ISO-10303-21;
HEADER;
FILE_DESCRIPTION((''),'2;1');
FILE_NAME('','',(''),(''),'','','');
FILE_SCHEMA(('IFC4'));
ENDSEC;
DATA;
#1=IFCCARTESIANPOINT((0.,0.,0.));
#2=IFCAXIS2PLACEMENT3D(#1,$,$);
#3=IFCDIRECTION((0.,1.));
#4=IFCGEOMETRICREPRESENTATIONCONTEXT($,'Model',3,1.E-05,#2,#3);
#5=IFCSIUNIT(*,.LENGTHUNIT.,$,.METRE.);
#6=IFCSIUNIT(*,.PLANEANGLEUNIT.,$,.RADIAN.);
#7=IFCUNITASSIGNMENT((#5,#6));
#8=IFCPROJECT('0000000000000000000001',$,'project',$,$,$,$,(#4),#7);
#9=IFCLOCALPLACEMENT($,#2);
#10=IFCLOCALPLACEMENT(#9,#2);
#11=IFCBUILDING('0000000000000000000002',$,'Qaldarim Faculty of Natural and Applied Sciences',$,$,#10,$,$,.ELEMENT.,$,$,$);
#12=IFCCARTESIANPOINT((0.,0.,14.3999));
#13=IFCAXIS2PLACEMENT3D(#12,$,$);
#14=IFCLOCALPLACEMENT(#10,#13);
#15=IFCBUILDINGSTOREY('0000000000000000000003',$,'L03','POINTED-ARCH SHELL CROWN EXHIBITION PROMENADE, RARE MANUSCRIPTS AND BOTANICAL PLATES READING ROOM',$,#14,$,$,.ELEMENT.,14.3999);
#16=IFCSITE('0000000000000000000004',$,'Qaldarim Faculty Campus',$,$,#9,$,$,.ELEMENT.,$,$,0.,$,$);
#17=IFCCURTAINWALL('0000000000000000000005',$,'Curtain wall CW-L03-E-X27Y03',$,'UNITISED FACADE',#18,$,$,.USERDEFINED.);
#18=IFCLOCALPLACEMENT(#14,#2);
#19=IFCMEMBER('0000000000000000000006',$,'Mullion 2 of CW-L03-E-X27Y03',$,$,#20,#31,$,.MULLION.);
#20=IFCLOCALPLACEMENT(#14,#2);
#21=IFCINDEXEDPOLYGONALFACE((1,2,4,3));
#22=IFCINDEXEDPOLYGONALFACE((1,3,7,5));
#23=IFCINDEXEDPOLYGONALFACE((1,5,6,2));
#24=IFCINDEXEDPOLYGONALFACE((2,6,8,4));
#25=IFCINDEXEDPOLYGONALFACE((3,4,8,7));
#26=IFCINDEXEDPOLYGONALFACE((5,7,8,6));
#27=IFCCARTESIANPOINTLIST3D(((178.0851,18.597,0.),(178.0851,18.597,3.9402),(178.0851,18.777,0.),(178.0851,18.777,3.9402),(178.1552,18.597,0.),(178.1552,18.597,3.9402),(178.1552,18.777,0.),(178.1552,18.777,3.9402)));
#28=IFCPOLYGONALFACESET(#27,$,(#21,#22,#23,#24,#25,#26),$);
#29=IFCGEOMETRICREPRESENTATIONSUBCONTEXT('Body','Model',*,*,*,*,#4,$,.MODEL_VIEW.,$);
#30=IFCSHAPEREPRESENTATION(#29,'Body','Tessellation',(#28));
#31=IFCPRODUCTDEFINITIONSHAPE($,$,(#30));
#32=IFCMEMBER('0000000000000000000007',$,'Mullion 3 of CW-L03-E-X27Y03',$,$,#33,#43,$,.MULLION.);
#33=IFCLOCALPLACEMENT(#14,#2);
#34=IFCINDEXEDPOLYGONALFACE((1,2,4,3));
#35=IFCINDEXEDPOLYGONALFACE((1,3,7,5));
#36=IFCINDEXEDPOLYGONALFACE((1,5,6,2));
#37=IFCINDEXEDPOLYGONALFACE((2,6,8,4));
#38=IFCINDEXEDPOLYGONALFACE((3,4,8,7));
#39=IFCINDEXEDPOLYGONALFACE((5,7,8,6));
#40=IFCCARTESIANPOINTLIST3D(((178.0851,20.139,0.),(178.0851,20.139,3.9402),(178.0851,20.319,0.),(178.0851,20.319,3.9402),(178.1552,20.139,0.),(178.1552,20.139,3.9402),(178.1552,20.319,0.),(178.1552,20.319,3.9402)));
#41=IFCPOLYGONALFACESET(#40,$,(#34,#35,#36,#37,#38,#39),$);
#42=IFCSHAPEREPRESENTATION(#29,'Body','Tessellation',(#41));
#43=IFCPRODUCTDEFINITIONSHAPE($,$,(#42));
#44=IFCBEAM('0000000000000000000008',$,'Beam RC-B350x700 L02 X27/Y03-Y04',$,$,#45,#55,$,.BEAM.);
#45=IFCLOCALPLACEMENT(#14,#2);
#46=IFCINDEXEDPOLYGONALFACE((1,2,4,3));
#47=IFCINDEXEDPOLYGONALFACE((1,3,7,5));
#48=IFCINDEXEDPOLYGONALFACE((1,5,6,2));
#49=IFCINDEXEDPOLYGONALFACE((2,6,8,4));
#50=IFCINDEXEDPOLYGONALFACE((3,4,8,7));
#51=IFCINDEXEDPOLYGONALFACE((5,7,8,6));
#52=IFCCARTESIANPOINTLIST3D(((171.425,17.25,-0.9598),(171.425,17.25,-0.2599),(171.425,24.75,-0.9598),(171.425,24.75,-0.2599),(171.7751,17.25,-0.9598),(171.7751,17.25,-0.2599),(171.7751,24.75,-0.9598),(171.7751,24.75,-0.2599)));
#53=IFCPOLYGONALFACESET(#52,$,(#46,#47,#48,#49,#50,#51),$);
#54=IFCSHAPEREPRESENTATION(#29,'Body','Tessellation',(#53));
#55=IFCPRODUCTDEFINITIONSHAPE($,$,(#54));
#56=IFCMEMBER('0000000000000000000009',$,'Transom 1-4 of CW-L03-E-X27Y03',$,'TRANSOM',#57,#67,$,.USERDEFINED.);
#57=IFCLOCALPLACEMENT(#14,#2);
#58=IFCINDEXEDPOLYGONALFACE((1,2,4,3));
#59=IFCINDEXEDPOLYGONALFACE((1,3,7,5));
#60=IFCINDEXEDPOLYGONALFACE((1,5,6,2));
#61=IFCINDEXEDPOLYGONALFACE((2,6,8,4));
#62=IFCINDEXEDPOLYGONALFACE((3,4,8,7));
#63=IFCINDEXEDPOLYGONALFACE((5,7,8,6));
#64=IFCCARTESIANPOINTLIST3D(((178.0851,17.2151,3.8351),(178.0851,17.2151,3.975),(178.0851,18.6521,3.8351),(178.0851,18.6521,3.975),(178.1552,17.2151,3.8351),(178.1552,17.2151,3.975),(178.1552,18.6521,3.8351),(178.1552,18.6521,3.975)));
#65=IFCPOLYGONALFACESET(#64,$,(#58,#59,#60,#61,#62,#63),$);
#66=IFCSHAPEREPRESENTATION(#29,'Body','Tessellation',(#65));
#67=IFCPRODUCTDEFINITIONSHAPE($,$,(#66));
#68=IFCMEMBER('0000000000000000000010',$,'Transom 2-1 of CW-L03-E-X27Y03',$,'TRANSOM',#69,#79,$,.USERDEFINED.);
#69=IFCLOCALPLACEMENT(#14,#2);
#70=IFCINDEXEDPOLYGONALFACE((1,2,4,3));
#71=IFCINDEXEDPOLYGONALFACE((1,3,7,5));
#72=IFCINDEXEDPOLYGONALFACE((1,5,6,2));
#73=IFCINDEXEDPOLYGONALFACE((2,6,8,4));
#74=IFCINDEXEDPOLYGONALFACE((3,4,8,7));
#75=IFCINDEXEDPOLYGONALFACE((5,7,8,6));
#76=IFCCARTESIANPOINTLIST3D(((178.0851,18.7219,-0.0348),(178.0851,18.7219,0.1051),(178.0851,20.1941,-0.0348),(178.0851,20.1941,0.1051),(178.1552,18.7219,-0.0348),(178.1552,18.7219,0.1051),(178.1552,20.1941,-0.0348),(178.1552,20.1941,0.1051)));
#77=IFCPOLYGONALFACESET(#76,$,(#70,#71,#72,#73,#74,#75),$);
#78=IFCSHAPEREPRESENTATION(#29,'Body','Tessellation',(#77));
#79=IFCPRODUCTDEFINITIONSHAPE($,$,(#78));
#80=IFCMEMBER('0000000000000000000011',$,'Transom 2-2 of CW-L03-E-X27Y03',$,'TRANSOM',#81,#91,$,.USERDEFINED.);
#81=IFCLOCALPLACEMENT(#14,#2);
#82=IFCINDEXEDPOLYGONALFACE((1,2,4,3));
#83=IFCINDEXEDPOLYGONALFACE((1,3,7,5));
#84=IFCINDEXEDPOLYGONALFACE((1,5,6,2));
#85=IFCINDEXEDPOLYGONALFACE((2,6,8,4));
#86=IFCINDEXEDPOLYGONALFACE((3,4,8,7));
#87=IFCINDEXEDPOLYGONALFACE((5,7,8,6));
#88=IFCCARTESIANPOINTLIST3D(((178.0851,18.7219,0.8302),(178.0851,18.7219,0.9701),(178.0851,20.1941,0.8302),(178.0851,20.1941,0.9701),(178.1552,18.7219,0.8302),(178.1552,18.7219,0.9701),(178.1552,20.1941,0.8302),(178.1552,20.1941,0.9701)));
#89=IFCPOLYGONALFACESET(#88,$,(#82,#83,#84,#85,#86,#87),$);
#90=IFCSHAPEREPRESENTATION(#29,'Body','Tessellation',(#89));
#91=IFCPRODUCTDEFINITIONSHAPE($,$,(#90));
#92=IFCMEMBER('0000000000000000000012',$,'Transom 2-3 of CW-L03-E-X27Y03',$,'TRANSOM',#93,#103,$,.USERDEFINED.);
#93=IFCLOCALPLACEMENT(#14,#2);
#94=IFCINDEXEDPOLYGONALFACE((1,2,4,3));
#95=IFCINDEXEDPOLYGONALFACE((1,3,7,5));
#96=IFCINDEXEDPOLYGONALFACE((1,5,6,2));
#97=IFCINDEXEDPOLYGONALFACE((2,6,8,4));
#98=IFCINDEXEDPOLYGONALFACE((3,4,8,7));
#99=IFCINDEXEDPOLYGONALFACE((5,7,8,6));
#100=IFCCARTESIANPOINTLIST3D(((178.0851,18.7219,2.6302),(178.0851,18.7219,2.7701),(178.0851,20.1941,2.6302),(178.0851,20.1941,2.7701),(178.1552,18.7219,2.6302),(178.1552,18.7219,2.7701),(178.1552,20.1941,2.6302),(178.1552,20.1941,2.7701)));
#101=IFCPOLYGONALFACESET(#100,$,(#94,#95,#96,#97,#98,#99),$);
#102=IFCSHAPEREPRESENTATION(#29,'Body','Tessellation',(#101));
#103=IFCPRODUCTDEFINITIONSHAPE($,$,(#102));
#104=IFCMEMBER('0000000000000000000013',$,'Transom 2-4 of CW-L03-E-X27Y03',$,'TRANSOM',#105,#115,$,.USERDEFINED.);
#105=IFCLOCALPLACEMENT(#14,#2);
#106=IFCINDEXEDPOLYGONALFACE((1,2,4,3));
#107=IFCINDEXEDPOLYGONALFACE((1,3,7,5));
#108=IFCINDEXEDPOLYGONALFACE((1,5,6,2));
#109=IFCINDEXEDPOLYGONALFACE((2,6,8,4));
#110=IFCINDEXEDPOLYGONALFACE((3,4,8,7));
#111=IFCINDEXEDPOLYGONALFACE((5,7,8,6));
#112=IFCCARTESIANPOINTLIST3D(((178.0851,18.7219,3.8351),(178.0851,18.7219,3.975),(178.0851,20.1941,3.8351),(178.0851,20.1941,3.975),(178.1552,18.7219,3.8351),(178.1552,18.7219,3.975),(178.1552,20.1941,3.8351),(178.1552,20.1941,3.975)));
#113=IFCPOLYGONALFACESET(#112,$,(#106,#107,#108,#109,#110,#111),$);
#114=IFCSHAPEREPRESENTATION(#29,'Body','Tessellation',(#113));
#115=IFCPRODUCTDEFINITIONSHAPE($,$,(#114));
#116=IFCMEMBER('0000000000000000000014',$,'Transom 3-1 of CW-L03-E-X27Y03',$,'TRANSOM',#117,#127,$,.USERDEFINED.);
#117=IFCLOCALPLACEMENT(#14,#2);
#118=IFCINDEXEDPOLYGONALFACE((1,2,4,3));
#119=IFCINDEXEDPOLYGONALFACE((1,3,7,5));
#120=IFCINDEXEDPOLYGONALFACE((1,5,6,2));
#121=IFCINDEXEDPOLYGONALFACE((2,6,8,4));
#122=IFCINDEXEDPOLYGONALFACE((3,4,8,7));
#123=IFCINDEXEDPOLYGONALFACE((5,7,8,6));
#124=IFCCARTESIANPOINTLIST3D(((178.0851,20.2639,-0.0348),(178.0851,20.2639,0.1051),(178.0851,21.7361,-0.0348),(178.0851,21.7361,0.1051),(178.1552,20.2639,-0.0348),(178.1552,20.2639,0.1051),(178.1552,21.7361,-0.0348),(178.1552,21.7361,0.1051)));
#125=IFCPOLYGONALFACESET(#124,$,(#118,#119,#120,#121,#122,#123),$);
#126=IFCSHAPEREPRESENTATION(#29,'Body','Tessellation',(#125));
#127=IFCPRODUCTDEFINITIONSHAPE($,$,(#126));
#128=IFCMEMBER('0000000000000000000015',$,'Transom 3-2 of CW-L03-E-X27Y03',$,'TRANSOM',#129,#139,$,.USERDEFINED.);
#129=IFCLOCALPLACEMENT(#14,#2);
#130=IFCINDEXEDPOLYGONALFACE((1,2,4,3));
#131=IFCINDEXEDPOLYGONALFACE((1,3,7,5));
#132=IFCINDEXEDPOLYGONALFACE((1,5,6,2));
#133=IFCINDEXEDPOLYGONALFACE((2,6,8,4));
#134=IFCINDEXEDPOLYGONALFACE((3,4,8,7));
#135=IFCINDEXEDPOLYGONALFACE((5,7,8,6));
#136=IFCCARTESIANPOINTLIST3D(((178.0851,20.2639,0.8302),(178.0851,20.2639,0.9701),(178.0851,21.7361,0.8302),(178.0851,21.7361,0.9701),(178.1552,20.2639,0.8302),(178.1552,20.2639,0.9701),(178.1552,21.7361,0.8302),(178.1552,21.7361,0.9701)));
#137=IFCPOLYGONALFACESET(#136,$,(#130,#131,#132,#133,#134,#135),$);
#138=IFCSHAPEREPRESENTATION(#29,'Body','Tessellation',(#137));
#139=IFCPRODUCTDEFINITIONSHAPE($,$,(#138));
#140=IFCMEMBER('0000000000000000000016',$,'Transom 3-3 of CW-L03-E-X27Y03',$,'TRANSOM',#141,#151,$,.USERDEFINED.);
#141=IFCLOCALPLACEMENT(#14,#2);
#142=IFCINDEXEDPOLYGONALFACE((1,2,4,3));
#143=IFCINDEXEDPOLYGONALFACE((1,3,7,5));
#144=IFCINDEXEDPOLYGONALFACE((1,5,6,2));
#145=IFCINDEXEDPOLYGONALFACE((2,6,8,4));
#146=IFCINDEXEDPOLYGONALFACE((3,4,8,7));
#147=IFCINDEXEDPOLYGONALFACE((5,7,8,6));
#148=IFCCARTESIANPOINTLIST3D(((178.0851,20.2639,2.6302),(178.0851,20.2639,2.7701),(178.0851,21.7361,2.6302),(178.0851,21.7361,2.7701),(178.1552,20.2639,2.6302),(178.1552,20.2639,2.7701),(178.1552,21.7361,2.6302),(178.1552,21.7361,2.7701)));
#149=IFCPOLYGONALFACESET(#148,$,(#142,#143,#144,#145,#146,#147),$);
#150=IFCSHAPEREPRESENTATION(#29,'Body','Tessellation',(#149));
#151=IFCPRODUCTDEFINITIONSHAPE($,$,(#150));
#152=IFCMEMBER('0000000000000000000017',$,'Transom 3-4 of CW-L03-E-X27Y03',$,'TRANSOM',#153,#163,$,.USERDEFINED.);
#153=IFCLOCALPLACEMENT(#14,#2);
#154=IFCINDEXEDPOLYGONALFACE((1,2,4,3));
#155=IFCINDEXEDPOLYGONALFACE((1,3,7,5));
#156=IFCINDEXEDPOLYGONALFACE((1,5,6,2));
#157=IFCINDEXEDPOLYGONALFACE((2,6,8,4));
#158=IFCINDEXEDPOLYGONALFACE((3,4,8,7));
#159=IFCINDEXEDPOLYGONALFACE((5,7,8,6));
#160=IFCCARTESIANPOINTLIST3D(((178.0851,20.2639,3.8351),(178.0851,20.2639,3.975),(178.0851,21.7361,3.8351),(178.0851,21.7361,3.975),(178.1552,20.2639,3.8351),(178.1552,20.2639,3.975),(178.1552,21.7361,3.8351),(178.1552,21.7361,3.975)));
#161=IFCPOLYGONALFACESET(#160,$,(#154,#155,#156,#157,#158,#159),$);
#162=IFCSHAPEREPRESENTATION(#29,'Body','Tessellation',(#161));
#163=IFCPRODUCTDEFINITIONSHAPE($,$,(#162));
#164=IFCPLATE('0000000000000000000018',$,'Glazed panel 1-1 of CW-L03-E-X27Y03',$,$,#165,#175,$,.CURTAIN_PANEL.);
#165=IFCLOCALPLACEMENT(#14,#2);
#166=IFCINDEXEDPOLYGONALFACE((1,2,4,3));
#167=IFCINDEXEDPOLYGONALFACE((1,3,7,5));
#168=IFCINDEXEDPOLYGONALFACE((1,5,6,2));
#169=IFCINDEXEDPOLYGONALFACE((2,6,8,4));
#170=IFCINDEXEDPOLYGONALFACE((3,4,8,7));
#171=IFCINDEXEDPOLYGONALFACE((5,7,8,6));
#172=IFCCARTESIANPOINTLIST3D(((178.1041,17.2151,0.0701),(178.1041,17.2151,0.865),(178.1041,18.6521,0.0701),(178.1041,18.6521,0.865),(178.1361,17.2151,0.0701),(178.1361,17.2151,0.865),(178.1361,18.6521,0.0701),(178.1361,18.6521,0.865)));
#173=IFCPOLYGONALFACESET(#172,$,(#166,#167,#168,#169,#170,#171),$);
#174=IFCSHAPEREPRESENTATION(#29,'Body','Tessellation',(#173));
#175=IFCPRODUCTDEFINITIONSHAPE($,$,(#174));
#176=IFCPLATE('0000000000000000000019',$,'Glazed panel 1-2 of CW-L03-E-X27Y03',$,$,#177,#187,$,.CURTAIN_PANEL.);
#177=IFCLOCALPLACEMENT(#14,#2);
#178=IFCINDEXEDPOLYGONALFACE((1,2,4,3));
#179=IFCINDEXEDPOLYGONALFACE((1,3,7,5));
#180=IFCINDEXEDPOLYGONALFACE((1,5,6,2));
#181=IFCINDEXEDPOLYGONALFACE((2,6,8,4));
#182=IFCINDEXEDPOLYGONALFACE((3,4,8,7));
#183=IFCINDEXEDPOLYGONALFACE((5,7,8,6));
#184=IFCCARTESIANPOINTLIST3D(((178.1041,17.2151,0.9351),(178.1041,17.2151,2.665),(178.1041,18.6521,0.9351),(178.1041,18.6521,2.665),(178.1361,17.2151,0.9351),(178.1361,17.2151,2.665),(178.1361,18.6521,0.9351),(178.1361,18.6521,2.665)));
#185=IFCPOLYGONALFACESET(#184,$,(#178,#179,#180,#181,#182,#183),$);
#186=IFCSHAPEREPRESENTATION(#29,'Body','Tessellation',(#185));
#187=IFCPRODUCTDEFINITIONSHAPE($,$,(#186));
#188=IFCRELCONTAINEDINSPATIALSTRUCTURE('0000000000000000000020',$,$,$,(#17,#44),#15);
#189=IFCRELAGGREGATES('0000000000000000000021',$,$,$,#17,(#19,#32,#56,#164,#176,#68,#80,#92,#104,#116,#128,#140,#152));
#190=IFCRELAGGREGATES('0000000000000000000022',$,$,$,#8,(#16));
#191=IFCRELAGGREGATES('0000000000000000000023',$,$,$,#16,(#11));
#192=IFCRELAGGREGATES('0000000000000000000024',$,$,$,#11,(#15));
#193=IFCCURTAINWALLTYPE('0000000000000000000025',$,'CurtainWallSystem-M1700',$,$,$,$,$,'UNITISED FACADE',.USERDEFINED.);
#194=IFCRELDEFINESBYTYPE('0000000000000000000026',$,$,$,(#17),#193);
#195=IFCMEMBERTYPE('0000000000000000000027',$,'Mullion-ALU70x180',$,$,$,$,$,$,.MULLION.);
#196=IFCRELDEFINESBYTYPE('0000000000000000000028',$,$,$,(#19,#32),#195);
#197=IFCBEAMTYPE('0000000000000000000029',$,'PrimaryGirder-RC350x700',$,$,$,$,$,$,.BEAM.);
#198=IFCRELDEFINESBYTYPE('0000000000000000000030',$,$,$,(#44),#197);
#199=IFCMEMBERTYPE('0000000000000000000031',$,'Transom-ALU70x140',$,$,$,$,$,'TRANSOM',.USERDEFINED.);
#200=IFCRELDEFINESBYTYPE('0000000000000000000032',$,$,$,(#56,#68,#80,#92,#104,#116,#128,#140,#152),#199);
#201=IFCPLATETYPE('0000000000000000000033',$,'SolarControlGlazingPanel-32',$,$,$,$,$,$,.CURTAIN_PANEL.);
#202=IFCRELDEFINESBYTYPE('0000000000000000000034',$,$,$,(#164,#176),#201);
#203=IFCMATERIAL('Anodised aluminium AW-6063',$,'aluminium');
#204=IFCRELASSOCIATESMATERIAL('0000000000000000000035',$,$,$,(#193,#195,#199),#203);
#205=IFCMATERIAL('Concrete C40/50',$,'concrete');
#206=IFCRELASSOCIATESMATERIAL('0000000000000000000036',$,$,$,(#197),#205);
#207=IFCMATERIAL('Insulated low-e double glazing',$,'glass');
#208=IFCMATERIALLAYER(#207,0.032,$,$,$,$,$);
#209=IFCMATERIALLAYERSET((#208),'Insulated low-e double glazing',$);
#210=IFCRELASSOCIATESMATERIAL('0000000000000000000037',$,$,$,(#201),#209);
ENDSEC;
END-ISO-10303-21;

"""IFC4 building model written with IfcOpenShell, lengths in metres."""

from ifc_helpers import new_model, si_unit, direction, frame, origin, origin_2d, place, context, subcontext, project, spatial, rectangle, extrude, material, layer, layer_set, material_profile, profile_set, type_object, element, aggregate, save


model = new_model("IFC4")

# Units and contexts
model_context = context("Model", 3, precision=1e-05, world=origin(), true_north=direction((0.0, 1.0)))
body_context = subcontext(model_context, "Body", "Model", "MODEL_VIEW")
ifc_project = project(units=[si_unit("LENGTHUNIT", "METRE"), si_unit("PLANEANGLEUNIT", "RADIAN")], contexts=[model_context])

# Site, building, storey
site_placement = place(None, origin())
site = spatial("IfcSite", under=ifc_project, at=site_placement, Name="Qaldarim Faculty Campus", CompositionType="ELEMENT", RefElevation=0.0)
building_placement = place(site_placement, origin())
building = spatial("IfcBuilding", under=site, at=building_placement, Name="Qaldarim Faculty of Natural and Applied Sciences", CompositionType="ELEMENT")
storey_placement = place(building_placement, frame((0.0, 0.0, 14.3999)))
storey = spatial("IfcBuildingStorey", under=building, at=storey_placement, Name="L03", Description="POINTED-ARCH SHELL CROWN EXHIBITION PROMENADE, RARE MANUSCRIPTS AND BOTANICAL PLATES READING ROOM", CompositionType="ELEMENT", Elevation=14.3999)

# Curtain wall, members
ifc_material_1 = material(Name="Anodised aluminium AW-6063", Category="aluminium")
curtain_wall_type = type_object("IfcCurtainWallType", Name="CurtainWallSystem-M1700", ElementType="UNITISED FACADE", PredefinedType="USERDEFINED", material=ifc_material_1)
curtain_wall_placement = place(storey_placement, origin())
curtain_wall = element("IfcCurtainWall", 1, at=curtain_wall_placement, inside=storey, type_object=curtain_wall_type, Name="Curtain wall CW-L03-E-X27Y03", ObjectType="UNITISED FACADE", PredefinedType="USERDEFINED")
ifc_material_profile_1 = material_profile(ifc_material_1, rectangle(XDim=0.0701, YDim=0.1799, at=origin_2d()), Name="ALU-M70x180")
ifc_profile_set_1 = profile_set([ifc_material_profile_1], Name="Anodised aluminium AW-6063")
member_type_1 = type_object("IfcMemberType", Name="Mullion-ALU70x180", PredefinedType="MULLION", material=ifc_profile_set_1)
member_1_placement = place(storey_placement, frame((178.1201, 18.687, 0.0), z_axis=(0.0, 0.0, 1.0), x_axis=(-1.0, 0.0, 0.0)))
member_1 = element("IfcMember", 2, at=member_1_placement, type_object=member_type_1, Name="Mullion 2 of CW-L03-E-X27Y03", PredefinedType="MULLION", context=body_context, shape_type="SweptSolid", body=[
    extrude(rectangle(XDim=0.0701, YDim=0.1799, at=origin_2d()), origin(), (0.0, 0.0, 1.0), 3.9402),
])
member_2_placement = place(storey_placement, frame((178.1201, 20.229, 0.0), z_axis=(0.0, 0.0, 1.0), x_axis=(-1.0, 0.0, 0.0)))
member_2 = element("IfcMember", 3, at=member_2_placement, type_object=member_type_1, Name="Mullion 3 of CW-L03-E-X27Y03", PredefinedType="MULLION", context=body_context, shape_type="SweptSolid", body=[
    extrude(rectangle(XDim=0.0701, YDim=0.1799, at=origin_2d()), origin(), (0.0, 0.0, 1.0), 3.9402),
])

# Beam
ifc_material_2 = material(Name="Concrete C40/50", Category="concrete")
ifc_material_profile_2 = material_profile(ifc_material_2, rectangle(XDim=0.3501, YDim=0.7, at=origin_2d()), Name="RC-B350x700")
ifc_profile_set_2 = profile_set([ifc_material_profile_2], Name="Concrete C40/50")
beam_type = type_object("IfcBeamType", Name="PrimaryGirder-RC350x700", PredefinedType="BEAM", material=ifc_profile_set_2)
beam_placement = place(storey_placement, frame((171.6001, 17.25, -0.6099), z_axis=(0.0, 1.0, 0.0), x_axis=(-1.0, 0.0, 0.0)))
element("IfcBeam", 4, at=beam_placement, inside=storey, type_object=beam_type, Name="Beam RC-B350x700 L02 X27/Y03-Y04", PredefinedType="BEAM", context=body_context, shape_type="SweptSolid", body=[
    extrude(rectangle(XDim=0.3501, YDim=0.7, at=origin_2d()), origin(), (0.0, 0.0, 1.0), 7.5),
])

# Members
ifc_material_profile_3 = material_profile(ifc_material_1, rectangle(XDim=0.0701, YDim=0.1399, at=origin_2d()), Name="ALU-T70x140")
ifc_profile_set_3 = profile_set([ifc_material_profile_3], Name="Anodised aluminium AW-6063")
member_type_2 = type_object("IfcMemberType", Name="Transom-ALU70x140", ElementType="TRANSOM", PredefinedType="USERDEFINED", material=ifc_profile_set_3)
member_3_placement = place(storey_placement, frame((178.1201, 17.2151, 3.905), z_axis=(0.0, 1.0, 0.0), x_axis=(-1.0, 0.0, 0.0)))
member_3 = element("IfcMember", 5, at=member_3_placement, type_object=member_type_2, Name="Transom 1-4 of CW-L03-E-X27Y03", ObjectType="TRANSOM", PredefinedType="USERDEFINED", context=body_context, shape_type="SweptSolid", body=[
    extrude(rectangle(XDim=0.0701, YDim=0.1399, at=origin_2d()), origin(), (0.0, 0.0, 1.0), 1.437),
])
member_4_placement = place(storey_placement, frame((178.1201, 18.7219, 0.0352), z_axis=(0.0, 1.0, 0.0), x_axis=(-1.0, 0.0, 0.0)))
member_4 = element("IfcMember", 6, at=member_4_placement, type_object=member_type_2, Name="Transom 2-1 of CW-L03-E-X27Y03", ObjectType="TRANSOM", PredefinedType="USERDEFINED", context=body_context, shape_type="SweptSolid", body=[
    extrude(rectangle(XDim=0.0701, YDim=0.1399, at=origin_2d()), origin(), (0.0, 0.0, 1.0), 1.4722),
])
member_5_placement = place(storey_placement, frame((178.1201, 18.7219, 0.9001), z_axis=(0.0, 1.0, 0.0), x_axis=(-1.0, 0.0, 0.0)))
member_5 = element("IfcMember", 7, at=member_5_placement, type_object=member_type_2, Name="Transom 2-2 of CW-L03-E-X27Y03", ObjectType="TRANSOM", PredefinedType="USERDEFINED", context=body_context, shape_type="SweptSolid", body=[
    extrude(rectangle(XDim=0.0701, YDim=0.1399, at=origin_2d()), origin(), (0.0, 0.0, 1.0), 1.4722),
])
member_6_placement = place(storey_placement, frame((178.1201, 18.7219, 2.7002), z_axis=(0.0, 1.0, 0.0), x_axis=(-1.0, 0.0, 0.0)))
member_6 = element("IfcMember", 8, at=member_6_placement, type_object=member_type_2, Name="Transom 2-3 of CW-L03-E-X27Y03", ObjectType="TRANSOM", PredefinedType="USERDEFINED", context=body_context, shape_type="SweptSolid", body=[
    extrude(rectangle(XDim=0.0701, YDim=0.1399, at=origin_2d()), origin(), (0.0, 0.0, 1.0), 1.4722),
])
member_7_placement = place(storey_placement, frame((178.1201, 18.7219, 3.905), z_axis=(0.0, 1.0, 0.0), x_axis=(-1.0, 0.0, 0.0)))
member_7 = element("IfcMember", 9, at=member_7_placement, type_object=member_type_2, Name="Transom 2-4 of CW-L03-E-X27Y03", ObjectType="TRANSOM", PredefinedType="USERDEFINED", context=body_context, shape_type="SweptSolid", body=[
    extrude(rectangle(XDim=0.0701, YDim=0.1399, at=origin_2d()), origin(), (0.0, 0.0, 1.0), 1.4722),
])
member_8_placement = place(storey_placement, frame((178.1201, 20.2639, 0.0352), z_axis=(0.0, 1.0, 0.0), x_axis=(-1.0, 0.0, 0.0)))
member_8 = element("IfcMember", 10, at=member_8_placement, type_object=member_type_2, Name="Transom 3-1 of CW-L03-E-X27Y03", ObjectType="TRANSOM", PredefinedType="USERDEFINED", context=body_context, shape_type="SweptSolid", body=[
    extrude(rectangle(XDim=0.0701, YDim=0.1399, at=origin_2d()), origin(), (0.0, 0.0, 1.0), 1.4722),
])
member_9_placement = place(storey_placement, frame((178.1201, 20.2639, 0.9001), z_axis=(0.0, 1.0, 0.0), x_axis=(-1.0, 0.0, 0.0)))
member_9 = element("IfcMember", 11, at=member_9_placement, type_object=member_type_2, Name="Transom 3-2 of CW-L03-E-X27Y03", ObjectType="TRANSOM", PredefinedType="USERDEFINED", context=body_context, shape_type="SweptSolid", body=[
    extrude(rectangle(XDim=0.0701, YDim=0.1399, at=origin_2d()), origin(), (0.0, 0.0, 1.0), 1.4722),
])
member_10_placement = place(storey_placement, frame((178.1201, 20.2639, 2.7002), z_axis=(0.0, 1.0, 0.0), x_axis=(-1.0, 0.0, 0.0)))
member_10 = element("IfcMember", 12, at=member_10_placement, type_object=member_type_2, Name="Transom 3-3 of CW-L03-E-X27Y03", ObjectType="TRANSOM", PredefinedType="USERDEFINED", context=body_context, shape_type="SweptSolid", body=[
    extrude(rectangle(XDim=0.0701, YDim=0.1399, at=origin_2d()), origin(), (0.0, 0.0, 1.0), 1.4722),
])
member_11_placement = place(storey_placement, frame((178.1201, 20.2639, 3.905), z_axis=(0.0, 1.0, 0.0), x_axis=(-1.0, 0.0, 0.0)))
member_11 = element("IfcMember", 13, at=member_11_placement, type_object=member_type_2, Name="Transom 3-4 of CW-L03-E-X27Y03", ObjectType="TRANSOM", PredefinedType="USERDEFINED", context=body_context, shape_type="SweptSolid", body=[
    extrude(rectangle(XDim=0.0701, YDim=0.1399, at=origin_2d()), origin(), (0.0, 0.0, 1.0), 1.4722),
])

# Plates
ifc_material_3 = material(Name="Insulated low-e double glazing", Category="glass")
ifc_layer_1 = layer(ifc_material_3, 0.032)
ifc_layer_set_1 = layer_set([ifc_layer_1], Name="Insulated low-e double glazing")
plate_type = type_object("IfcPlateType", Name="SolarControlGlazingPanel-32", PredefinedType="CURTAIN_PANEL", material=ifc_layer_set_1)
plate_1_placement = place(storey_placement, frame((178.1201, 17.9336, 0.0701), z_axis=(0.0, 0.0, 1.0), x_axis=(0.0, 1.0, 0.0)))
plate_1 = element("IfcPlate", 14, at=plate_1_placement, type_object=plate_type, Name="Glazed panel 1-1 of CW-L03-E-X27Y03", PredefinedType="CURTAIN_PANEL", context=body_context, shape_type="SweptSolid", body=[
    extrude(rectangle(XDim=1.437, YDim=0.032, at=origin_2d()), origin(), (0.0, 0.0, 1.0), 0.7949),
])
plate_2_placement = place(storey_placement, frame((178.1201, 17.9336, 0.9351), z_axis=(0.0, 0.0, 1.0), x_axis=(0.0, 1.0, 0.0)))
plate_2 = element("IfcPlate", 15, at=plate_2_placement, type_object=plate_type, Name="Glazed panel 1-2 of CW-L03-E-X27Y03", PredefinedType="CURTAIN_PANEL", context=body_context, shape_type="SweptSolid", body=[
    extrude(rectangle(XDim=1.437, YDim=0.032, at=origin_2d()), origin(), (0.0, 0.0, 1.0), 1.73),
])
aggregate(curtain_wall, [member_1, member_2, member_3, plate_1, plate_2, member_4, member_5, member_6, member_7, member_8, member_9, member_10, member_11])

save(model, "model.ifc")
